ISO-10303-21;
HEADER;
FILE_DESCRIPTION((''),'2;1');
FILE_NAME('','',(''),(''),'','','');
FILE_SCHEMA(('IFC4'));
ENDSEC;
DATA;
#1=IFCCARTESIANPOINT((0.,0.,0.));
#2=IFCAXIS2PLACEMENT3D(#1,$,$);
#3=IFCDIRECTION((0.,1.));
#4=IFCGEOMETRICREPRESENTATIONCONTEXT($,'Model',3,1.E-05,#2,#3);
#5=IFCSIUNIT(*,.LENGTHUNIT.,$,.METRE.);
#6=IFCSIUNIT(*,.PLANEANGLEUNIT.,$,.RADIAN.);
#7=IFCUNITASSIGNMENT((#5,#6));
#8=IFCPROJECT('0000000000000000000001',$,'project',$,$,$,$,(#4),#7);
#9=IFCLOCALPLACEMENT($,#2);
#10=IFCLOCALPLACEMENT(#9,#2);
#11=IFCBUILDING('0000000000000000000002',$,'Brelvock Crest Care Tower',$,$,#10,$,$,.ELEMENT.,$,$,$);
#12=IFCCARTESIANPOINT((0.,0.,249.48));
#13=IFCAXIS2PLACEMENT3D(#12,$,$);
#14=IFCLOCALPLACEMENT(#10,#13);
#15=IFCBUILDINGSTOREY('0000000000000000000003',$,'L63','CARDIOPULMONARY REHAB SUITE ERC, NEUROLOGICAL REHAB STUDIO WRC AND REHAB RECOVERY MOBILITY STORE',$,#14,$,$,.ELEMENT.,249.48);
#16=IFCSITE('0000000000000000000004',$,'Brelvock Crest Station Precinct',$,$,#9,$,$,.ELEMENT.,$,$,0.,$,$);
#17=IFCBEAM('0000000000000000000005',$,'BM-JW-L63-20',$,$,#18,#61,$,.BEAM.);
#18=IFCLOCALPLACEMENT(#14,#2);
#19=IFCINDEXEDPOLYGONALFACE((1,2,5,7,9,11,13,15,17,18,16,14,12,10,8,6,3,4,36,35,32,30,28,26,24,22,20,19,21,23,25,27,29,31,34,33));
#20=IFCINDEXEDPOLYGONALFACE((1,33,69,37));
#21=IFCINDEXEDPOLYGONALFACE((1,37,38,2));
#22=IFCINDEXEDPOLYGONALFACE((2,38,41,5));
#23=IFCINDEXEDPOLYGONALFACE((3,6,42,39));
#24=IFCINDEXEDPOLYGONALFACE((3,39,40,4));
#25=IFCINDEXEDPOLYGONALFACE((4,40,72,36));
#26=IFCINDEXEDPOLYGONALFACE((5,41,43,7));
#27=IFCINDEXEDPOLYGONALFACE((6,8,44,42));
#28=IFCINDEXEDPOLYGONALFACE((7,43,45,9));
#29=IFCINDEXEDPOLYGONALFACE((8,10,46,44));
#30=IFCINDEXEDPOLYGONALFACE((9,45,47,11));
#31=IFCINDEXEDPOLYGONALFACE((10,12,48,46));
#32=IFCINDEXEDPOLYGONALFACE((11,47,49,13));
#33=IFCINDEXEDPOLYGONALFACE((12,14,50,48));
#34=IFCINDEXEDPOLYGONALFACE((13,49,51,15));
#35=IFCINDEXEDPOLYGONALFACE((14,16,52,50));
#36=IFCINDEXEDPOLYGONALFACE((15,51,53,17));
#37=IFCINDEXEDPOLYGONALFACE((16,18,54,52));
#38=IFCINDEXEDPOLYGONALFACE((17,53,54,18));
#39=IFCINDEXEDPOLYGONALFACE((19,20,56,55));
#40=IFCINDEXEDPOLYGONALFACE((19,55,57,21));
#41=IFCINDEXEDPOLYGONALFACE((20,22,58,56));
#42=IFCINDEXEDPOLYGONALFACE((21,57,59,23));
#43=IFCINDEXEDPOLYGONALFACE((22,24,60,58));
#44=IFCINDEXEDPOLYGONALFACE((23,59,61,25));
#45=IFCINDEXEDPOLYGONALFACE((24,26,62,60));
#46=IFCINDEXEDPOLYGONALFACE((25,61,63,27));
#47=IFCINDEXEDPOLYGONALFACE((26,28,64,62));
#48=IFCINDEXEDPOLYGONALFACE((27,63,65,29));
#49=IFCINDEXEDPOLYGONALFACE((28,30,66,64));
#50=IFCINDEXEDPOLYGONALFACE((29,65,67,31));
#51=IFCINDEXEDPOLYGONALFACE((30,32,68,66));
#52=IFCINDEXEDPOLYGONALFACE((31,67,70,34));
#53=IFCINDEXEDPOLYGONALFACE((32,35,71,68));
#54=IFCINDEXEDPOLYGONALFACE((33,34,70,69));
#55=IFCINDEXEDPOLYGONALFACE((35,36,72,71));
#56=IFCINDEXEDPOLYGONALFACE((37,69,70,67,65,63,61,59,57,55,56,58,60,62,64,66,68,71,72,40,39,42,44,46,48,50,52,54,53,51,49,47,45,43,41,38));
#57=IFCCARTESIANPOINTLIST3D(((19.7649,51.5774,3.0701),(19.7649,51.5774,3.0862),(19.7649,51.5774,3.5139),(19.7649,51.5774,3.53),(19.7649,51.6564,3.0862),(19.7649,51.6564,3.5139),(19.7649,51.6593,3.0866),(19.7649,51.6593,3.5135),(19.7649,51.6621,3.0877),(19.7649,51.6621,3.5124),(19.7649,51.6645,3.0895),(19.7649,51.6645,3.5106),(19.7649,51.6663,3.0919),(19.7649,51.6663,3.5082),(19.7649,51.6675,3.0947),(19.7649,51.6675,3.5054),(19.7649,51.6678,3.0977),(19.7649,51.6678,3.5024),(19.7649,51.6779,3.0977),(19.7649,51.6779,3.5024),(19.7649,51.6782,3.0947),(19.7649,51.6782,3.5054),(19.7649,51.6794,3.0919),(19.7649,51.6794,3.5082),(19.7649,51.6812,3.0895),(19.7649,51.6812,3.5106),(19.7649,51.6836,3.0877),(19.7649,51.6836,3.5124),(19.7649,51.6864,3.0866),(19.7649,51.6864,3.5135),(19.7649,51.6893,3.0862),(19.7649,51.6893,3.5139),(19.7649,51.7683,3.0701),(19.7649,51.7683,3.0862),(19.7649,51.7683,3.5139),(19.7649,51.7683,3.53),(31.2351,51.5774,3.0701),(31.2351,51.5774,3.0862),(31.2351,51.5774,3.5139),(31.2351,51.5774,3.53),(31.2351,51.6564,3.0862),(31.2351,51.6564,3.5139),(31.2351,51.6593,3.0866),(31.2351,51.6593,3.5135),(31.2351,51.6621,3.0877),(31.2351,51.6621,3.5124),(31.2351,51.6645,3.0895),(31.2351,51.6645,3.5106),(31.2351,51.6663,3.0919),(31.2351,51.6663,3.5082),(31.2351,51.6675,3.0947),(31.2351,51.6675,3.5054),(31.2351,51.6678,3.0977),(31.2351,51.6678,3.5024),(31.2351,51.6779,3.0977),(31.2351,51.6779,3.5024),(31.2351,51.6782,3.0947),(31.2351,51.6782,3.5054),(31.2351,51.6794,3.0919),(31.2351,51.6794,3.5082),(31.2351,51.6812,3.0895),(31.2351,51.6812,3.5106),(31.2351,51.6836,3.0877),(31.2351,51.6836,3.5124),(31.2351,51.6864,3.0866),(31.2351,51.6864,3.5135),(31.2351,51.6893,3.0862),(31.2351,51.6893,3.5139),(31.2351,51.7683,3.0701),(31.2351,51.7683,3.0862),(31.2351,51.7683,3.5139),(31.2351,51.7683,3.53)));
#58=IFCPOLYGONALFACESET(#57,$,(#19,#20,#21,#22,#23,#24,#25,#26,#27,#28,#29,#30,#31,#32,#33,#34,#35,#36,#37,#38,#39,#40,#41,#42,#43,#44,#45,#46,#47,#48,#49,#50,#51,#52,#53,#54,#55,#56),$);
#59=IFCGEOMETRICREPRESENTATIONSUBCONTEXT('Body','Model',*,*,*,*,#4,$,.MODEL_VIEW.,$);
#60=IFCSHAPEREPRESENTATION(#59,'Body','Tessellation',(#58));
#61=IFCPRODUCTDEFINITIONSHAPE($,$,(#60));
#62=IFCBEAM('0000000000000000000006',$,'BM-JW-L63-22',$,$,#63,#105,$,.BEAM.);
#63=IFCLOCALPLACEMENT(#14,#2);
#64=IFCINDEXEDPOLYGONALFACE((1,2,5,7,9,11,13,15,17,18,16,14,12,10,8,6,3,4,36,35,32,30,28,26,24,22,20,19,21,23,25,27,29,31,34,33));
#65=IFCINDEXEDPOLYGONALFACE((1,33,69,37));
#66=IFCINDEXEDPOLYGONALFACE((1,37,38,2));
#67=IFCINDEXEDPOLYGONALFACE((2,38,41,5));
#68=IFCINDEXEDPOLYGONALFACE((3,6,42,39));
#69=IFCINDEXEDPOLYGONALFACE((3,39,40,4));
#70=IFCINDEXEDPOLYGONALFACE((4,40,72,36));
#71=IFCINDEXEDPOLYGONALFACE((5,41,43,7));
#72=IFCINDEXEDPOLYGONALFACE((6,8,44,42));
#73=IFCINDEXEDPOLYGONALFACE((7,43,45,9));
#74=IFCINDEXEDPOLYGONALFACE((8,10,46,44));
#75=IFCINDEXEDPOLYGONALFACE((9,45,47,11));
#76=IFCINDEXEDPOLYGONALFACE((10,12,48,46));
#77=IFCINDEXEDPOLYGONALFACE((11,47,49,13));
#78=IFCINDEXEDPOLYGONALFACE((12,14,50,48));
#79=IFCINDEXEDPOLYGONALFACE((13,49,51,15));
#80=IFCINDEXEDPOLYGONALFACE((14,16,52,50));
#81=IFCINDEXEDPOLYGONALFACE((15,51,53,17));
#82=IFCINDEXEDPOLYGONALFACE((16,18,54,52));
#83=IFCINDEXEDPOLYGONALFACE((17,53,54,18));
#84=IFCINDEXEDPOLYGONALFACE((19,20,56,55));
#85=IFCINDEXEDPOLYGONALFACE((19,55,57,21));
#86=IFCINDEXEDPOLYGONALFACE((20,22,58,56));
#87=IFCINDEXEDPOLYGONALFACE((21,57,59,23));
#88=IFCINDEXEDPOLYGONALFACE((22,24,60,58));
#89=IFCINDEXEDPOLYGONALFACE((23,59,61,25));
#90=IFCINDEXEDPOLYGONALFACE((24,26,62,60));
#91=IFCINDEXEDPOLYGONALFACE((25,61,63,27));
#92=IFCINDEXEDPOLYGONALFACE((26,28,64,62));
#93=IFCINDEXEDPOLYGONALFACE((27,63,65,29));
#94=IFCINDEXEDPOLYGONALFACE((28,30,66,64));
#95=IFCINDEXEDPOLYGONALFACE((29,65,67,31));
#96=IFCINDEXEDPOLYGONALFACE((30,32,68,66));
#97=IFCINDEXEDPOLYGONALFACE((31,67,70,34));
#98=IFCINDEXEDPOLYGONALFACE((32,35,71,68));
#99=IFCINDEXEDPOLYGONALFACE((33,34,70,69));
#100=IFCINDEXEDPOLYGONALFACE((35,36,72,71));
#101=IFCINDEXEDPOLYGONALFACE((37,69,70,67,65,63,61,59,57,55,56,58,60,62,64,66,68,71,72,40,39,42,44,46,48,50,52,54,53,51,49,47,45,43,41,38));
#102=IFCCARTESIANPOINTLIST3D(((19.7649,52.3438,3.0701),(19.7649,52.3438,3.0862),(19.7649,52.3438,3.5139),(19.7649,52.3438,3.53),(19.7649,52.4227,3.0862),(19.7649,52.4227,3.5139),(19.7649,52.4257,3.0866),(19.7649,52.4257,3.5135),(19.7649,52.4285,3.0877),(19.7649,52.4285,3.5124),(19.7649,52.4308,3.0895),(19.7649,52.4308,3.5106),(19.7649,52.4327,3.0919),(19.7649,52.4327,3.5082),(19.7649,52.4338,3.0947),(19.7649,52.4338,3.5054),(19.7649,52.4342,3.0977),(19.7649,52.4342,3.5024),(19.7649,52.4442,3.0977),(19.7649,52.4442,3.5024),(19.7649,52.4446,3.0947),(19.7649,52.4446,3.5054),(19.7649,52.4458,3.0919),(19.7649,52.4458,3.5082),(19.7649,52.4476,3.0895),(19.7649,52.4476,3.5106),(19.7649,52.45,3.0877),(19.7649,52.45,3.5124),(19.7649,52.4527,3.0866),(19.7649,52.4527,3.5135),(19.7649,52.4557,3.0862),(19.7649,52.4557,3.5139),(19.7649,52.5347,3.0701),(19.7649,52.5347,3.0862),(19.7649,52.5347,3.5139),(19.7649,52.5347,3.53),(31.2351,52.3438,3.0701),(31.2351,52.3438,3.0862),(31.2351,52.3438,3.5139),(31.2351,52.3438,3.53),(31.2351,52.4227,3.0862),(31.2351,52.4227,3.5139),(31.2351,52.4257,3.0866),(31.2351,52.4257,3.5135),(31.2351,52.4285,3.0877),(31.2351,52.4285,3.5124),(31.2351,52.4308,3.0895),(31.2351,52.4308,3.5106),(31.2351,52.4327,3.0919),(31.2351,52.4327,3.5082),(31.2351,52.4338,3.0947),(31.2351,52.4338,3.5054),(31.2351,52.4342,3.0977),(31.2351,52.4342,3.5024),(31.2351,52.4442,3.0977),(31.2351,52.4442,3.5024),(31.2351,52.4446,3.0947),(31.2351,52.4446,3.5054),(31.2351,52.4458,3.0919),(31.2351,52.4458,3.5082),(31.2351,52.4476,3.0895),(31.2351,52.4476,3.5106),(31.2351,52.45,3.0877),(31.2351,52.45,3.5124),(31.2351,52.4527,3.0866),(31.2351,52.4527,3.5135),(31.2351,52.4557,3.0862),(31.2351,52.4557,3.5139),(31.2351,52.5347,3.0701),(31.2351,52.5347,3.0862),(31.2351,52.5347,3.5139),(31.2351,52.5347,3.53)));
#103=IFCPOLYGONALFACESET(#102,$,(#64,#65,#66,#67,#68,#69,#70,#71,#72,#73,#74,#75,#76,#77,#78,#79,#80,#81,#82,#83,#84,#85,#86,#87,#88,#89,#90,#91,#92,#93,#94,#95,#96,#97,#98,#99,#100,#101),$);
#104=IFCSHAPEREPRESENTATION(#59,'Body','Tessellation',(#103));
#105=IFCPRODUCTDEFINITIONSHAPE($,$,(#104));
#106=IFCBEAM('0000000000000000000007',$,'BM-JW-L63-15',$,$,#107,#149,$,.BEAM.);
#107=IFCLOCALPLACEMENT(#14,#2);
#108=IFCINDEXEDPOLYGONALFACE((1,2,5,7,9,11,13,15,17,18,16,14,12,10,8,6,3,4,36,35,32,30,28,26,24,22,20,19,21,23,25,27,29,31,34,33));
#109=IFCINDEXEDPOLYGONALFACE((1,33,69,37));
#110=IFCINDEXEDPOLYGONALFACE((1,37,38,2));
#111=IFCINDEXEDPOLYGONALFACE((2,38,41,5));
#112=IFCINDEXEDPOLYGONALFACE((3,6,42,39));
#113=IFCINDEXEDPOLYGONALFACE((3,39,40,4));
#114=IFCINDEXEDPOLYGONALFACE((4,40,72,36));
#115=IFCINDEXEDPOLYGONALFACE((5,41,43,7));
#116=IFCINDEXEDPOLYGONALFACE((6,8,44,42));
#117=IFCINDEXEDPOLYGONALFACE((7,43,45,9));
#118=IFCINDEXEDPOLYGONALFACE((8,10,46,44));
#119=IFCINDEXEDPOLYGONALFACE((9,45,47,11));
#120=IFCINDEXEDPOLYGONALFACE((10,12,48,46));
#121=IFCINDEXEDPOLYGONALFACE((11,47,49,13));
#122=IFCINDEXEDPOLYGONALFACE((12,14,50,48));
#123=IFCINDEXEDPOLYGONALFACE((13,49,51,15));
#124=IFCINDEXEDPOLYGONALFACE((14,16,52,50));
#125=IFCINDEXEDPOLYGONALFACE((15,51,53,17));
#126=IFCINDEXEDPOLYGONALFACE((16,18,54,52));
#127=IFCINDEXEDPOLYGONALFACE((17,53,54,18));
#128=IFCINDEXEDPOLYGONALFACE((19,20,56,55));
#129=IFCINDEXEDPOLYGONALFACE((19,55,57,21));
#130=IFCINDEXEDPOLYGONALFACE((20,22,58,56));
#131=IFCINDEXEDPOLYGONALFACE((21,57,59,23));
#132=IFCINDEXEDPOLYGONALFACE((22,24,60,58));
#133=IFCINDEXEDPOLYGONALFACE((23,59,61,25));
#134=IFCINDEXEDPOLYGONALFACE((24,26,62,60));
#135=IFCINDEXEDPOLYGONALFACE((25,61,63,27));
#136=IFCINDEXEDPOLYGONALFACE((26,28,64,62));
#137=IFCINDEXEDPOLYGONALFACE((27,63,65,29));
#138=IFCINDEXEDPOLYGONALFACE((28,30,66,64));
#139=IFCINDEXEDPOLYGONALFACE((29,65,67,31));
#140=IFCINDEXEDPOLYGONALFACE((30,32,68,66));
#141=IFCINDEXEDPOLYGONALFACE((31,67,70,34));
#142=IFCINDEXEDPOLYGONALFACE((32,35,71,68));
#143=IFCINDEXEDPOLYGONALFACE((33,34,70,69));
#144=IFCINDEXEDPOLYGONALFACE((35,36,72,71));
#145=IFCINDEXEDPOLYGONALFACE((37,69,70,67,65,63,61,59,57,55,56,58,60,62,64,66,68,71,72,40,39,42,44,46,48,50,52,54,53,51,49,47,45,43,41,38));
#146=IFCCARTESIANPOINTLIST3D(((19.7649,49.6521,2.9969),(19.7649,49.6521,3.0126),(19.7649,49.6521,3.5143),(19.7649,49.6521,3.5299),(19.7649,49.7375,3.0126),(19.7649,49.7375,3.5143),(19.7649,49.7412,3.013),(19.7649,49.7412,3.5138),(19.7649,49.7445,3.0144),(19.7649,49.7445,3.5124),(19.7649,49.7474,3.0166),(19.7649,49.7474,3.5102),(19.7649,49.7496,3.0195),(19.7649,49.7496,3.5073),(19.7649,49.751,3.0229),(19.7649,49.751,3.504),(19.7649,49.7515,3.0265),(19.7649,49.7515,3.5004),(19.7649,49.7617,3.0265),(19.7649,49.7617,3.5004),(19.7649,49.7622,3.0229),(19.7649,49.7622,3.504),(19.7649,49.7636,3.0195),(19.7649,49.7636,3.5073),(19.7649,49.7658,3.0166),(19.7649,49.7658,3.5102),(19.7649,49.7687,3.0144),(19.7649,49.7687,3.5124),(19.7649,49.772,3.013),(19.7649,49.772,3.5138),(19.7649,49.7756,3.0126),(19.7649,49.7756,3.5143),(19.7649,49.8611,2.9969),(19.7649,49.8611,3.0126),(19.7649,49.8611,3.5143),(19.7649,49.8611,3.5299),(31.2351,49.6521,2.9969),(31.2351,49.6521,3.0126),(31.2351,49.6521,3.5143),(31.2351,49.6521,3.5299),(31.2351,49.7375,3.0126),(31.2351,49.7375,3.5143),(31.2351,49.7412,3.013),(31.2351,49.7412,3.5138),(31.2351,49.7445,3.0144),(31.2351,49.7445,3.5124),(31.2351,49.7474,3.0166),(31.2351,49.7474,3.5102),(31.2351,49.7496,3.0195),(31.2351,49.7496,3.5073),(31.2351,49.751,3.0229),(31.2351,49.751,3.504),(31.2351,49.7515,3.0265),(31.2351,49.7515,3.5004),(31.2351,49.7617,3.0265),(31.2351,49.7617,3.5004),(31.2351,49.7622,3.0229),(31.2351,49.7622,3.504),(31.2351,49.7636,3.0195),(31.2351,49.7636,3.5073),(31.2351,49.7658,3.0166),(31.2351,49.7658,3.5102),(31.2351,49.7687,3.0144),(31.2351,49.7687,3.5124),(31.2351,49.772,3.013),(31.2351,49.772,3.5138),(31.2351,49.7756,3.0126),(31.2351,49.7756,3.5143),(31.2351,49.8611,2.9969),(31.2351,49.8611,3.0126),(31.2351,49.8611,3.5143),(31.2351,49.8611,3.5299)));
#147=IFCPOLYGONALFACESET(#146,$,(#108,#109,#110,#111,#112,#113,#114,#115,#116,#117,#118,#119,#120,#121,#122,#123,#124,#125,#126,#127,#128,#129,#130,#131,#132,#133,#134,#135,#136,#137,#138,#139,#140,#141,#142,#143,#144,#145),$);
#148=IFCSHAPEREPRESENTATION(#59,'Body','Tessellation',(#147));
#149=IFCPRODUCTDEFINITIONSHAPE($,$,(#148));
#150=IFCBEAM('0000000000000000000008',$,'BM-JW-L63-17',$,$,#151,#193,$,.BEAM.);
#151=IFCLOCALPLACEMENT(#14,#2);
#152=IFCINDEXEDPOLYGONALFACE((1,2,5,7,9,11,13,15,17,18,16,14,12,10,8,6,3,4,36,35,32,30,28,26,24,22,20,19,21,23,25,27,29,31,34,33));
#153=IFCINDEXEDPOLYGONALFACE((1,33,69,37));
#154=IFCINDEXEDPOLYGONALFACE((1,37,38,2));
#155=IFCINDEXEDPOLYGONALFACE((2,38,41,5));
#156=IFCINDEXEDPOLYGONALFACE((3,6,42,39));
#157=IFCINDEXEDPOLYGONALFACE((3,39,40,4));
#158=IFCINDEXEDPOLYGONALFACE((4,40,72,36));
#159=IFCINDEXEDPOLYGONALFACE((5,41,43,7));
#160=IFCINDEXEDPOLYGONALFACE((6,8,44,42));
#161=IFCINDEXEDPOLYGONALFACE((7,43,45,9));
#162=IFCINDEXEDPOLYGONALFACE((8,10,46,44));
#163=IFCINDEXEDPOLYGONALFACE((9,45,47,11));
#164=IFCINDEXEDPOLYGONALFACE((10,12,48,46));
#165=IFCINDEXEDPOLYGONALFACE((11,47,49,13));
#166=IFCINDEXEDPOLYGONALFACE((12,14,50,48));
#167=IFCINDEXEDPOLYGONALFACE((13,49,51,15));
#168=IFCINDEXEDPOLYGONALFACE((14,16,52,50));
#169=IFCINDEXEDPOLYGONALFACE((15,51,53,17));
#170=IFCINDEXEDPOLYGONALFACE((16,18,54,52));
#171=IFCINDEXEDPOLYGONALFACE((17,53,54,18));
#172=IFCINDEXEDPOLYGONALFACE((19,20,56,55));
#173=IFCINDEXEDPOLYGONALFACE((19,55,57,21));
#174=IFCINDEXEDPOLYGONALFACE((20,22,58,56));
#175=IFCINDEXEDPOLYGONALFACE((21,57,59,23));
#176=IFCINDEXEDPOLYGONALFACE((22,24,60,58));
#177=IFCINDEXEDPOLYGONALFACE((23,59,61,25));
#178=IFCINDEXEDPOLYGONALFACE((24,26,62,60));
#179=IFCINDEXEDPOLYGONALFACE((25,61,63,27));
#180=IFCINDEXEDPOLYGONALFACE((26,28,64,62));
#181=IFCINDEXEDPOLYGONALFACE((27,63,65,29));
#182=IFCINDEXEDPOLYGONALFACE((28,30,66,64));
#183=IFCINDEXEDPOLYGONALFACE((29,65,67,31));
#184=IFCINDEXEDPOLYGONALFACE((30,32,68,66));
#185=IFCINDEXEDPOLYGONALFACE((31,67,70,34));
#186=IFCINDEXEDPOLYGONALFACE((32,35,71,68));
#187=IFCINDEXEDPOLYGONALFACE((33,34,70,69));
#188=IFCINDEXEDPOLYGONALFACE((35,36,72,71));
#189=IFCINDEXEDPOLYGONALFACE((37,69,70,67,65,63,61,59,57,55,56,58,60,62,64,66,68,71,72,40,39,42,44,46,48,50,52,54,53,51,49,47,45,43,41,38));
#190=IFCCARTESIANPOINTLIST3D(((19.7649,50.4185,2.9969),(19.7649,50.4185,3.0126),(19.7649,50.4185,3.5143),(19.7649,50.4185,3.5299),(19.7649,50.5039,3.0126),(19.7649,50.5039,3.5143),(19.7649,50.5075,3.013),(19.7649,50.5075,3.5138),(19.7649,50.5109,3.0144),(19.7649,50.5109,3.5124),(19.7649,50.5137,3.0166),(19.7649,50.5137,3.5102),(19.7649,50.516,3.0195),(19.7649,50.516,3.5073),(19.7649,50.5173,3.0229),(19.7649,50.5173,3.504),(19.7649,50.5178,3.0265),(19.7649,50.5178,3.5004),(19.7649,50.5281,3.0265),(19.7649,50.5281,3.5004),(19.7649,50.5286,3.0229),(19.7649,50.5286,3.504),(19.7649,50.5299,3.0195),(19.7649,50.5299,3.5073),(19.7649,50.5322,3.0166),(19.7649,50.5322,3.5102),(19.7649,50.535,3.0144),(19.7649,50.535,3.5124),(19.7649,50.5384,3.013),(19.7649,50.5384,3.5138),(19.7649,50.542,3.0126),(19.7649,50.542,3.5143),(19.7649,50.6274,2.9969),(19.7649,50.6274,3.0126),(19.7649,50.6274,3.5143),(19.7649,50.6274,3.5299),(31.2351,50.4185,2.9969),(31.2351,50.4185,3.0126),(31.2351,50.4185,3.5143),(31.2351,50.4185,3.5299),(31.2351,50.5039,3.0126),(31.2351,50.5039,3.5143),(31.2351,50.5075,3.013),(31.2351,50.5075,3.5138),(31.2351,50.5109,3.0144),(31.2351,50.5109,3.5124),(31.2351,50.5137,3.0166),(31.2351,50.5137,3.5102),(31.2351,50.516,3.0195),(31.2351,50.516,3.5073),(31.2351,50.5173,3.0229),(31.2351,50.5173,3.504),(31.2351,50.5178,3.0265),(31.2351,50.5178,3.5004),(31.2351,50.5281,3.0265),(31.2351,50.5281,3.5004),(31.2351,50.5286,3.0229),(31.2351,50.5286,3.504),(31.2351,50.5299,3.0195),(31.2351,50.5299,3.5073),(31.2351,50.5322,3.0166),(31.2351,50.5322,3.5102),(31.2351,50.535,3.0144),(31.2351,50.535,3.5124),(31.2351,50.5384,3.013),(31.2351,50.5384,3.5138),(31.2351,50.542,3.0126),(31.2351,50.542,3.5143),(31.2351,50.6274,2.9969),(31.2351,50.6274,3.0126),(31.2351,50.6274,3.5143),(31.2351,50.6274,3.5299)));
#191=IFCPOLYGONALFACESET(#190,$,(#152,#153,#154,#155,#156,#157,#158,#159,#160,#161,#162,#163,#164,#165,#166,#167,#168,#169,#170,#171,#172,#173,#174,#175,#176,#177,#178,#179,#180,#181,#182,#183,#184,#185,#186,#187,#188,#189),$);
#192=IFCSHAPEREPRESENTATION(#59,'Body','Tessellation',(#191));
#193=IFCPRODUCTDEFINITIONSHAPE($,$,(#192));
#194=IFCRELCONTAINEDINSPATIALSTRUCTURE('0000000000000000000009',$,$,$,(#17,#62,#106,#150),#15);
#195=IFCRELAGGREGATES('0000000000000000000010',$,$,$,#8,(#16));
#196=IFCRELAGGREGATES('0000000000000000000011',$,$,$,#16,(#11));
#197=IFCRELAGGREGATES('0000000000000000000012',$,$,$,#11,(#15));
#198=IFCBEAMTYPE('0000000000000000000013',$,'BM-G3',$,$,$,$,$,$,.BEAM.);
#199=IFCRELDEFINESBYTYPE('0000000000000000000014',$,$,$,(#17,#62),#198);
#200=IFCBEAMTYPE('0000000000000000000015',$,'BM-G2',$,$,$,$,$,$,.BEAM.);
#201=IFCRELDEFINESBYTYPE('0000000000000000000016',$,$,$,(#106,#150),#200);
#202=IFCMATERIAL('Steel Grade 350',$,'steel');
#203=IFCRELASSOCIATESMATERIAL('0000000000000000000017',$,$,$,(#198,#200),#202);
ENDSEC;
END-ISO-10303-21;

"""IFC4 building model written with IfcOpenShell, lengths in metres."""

from ifc_helpers import new_model, si_unit, direction, frame, origin, origin_2d, place, context, subcontext, project, spatial, i_section, extrude, source, transform, mapped, material, material_profile, profile_set, type_object, element, save


model = new_model("IFC4")

# Units and contexts
model_context = context("Model", 3, precision=1e-05, world=origin(), true_north=direction((0.0, 1.0)))
body_context = subcontext(model_context, "Body", "Model", "MODEL_VIEW")
ifc_project = project(units=[si_unit("LENGTHUNIT", "METRE"), si_unit("PLANEANGLEUNIT", "RADIAN")], contexts=[model_context])

# Site, building, storey
site_placement = place(None, origin())
site = spatial("IfcSite", under=ifc_project, at=site_placement, Name="Brelvock Crest Station Precinct", CompositionType="ELEMENT", RefElevation=0.0)
building_placement = place(site_placement, origin())
building = spatial("IfcBuilding", under=site, at=building_placement, Name="Brelvock Crest Care Tower", CompositionType="ELEMENT")
storey_placement = place(building_placement, frame((0.0, 0.0, 249.48)))
storey = spatial("IfcBuildingStorey", under=building, at=storey_placement, Name="L63", Description="CARDIOPULMONARY REHAB SUITE ERC, NEUROLOGICAL REHAB STUDIO WRC AND REHAB RECOVERY MOBILITY STORE", CompositionType="ELEMENT", Elevation=249.48)

# Beams
ifc_material_1 = material(Name="Steel Grade 350", Category="steel")
ifc_material_profile_1 = material_profile(ifc_material_1, i_section(OverallWidth=0.1909, OverallDepth=0.46, WebThickness=0.01, FlangeThickness=0.0161, FilletRadius=0.0115, at=origin_2d()), Name="460UB82.1")
ifc_profile_set_1 = profile_set([ifc_material_profile_1], Name="Steel Grade 350")
beam_type_1 = type_object("IfcBeamType", Name="BM-G3", PredefinedType="BEAM", material=ifc_profile_set_1)
shared_shape_1 = source(origin(), body_context, "Body", "SweptSolid", [
    extrude(i_section(OverallWidth=0.1909, OverallDepth=0.46, WebThickness=0.01, FlangeThickness=0.0161, FilletRadius=0.0115, at=origin_2d()), origin(), (0.0, 0.0, 1.0), 11.4702),
])
for number, where, z_axis, x_axis, name in (
    (1, (19.7649, 51.6729, 3.3), (1.0, 0.0, 0.0), (0.0, 1.0, 0.0), "BM-JW-L63-20"),
    (2, (19.7649, 52.4392, 3.3), (1.0, 0.0, 0.0), (0.0, 1.0, 0.0), "BM-JW-L63-22"),
):
    element("IfcBeam", number, at=place(storey_placement, frame(where, z_axis=z_axis, x_axis=x_axis)), inside=storey, type_object=beam_type_1, Name=name, PredefinedType="BEAM", context=body_context, shape_type="MappedRepresentation", body=[
        mapped(shared_shape_1, transform((0.0, 0.0, 0.0), x_axis=(1.0, 0.0, 0.0), y_axis=(0.0, 1.0, 0.0), z_axis=(0.0, 0.0, 1.0), scale=1.0)),
    ])
ifc_material_profile_2 = material_profile(ifc_material_1, i_section(OverallWidth=0.209, OverallDepth=0.533, WebThickness=0.0103, FlangeThickness=0.0156, FilletRadius=0.0139, at=origin_2d()), Name="530UB92.4")
ifc_profile_set_2 = profile_set([ifc_material_profile_2], Name="Steel Grade 350")
beam_type_2 = type_object("IfcBeamType", Name="BM-G2", PredefinedType="BEAM", material=ifc_profile_set_2)
shared_shape_2 = source(origin(), body_context, "Body", "SweptSolid", [
    extrude(i_section(OverallWidth=0.209, OverallDepth=0.533, WebThickness=0.0103, FlangeThickness=0.0156, FilletRadius=0.0139, at=origin_2d()), origin(), (0.0, 0.0, 1.0), 11.4702),
])
for number, where, z_axis, x_axis, name in (
    (3, (19.7649, 49.7566, 3.2634), (1.0, 0.0, 0.0), (0.0, 1.0, 0.0), "BM-JW-L63-15"),
    (4, (19.7649, 50.5229, 3.2634), (1.0, 0.0, 0.0), (0.0, 1.0, 0.0), "BM-JW-L63-17"),
):
    element("IfcBeam", number, at=place(storey_placement, frame(where, z_axis=z_axis, x_axis=x_axis)), inside=storey, type_object=beam_type_2, Name=name, PredefinedType="BEAM", context=body_context, shape_type="MappedRepresentation", body=[
        mapped(shared_shape_2, transform((0.0, 0.0, 0.0), x_axis=(1.0, 0.0, 0.0), y_axis=(0.0, 1.0, 0.0), z_axis=(0.0, 0.0, 1.0), scale=1.0)),
    ])

save(model, "model.ifc")
